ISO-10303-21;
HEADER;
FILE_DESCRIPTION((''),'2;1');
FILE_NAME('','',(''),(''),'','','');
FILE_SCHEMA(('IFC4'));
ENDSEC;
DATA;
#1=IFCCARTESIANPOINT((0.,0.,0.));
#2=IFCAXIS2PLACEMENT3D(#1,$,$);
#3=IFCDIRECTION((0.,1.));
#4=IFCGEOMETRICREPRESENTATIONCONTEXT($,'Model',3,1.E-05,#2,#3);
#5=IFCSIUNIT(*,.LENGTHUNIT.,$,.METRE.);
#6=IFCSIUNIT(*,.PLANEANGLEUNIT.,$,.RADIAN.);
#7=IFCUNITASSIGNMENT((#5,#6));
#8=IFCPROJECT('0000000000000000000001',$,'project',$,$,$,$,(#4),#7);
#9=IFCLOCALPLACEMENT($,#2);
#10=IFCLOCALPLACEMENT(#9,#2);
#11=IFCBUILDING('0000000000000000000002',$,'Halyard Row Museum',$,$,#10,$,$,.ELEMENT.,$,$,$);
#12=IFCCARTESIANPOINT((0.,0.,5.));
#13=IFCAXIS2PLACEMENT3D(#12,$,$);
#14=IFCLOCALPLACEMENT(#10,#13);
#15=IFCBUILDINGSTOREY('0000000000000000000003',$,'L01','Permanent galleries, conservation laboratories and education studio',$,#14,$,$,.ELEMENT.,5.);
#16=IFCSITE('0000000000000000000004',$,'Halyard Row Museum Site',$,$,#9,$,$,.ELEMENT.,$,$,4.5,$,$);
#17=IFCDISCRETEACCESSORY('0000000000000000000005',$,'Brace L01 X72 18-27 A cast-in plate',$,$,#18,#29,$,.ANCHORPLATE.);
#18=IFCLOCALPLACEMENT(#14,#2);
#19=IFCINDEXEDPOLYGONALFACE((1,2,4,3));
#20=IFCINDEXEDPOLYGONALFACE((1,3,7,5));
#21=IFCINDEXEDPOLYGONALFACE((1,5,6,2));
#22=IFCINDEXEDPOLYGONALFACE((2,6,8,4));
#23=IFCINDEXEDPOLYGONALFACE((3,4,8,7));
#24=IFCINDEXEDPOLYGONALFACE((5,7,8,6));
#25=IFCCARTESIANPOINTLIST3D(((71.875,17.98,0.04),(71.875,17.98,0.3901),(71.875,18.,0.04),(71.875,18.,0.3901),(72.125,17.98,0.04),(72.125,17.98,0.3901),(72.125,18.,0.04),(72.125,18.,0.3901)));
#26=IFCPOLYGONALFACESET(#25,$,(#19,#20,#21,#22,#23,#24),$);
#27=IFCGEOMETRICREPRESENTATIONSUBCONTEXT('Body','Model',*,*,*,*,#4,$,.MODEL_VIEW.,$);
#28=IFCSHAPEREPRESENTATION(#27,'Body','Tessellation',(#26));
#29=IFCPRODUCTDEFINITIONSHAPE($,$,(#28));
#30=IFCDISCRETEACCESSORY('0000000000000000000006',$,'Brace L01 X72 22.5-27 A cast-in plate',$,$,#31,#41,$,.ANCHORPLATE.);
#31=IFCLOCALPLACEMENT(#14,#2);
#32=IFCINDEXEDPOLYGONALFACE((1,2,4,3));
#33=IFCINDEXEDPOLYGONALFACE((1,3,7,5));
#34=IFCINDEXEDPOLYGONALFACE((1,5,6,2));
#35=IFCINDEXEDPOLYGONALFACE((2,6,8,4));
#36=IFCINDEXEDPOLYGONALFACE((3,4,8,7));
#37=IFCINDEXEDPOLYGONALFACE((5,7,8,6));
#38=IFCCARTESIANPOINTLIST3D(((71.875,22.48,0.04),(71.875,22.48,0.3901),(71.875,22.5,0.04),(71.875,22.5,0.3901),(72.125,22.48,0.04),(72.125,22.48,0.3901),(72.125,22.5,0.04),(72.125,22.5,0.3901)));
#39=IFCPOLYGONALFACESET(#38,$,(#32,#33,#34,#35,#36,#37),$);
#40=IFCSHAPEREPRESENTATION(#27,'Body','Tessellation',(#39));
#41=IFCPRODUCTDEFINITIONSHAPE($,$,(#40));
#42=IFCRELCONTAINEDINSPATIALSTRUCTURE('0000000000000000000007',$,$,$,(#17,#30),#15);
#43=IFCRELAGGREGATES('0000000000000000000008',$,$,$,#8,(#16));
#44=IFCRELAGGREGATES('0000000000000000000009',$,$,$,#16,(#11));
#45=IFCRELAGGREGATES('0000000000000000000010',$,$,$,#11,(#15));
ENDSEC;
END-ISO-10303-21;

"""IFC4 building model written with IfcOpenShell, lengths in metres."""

from ifc_helpers import new_model, si_unit, direction, frame, origin, origin_2d, place, context, subcontext, project, spatial, rectangle, extrude, element, save


model = new_model("IFC4")

# Units and contexts
model_context = context("Model", 3, precision=1e-05, world=origin(), true_north=direction((0.0, 1.0)))
body_context = subcontext(model_context, "Body", "Model", "MODEL_VIEW")
ifc_project = project(units=[si_unit("LENGTHUNIT", "METRE"), si_unit("PLANEANGLEUNIT", "RADIAN")], contexts=[model_context])

# Site, building, storey
site_placement = place(None, origin())
site = spatial("IfcSite", under=ifc_project, at=site_placement, Name="Halyard Row Museum Site", CompositionType="ELEMENT", RefElevation=4.5)
building_placement = place(site_placement, origin())
building = spatial("IfcBuilding", under=site, at=building_placement, Name="Halyard Row Museum", CompositionType="ELEMENT")
storey_placement = place(building_placement, frame((0.0, 0.0, 5.0)))
storey = spatial("IfcBuildingStorey", under=building, at=storey_placement, Name="L01", Description="Permanent galleries, conservation laboratories and education studio", CompositionType="ELEMENT", Elevation=5.0)

# Discrete accessories
for number, where, z_axis, x_axis, name in (
    (1, (72.0, 18.0, 0.2151), (0.0, -1.0, 0.0), (1.0, 0.0, 0.0), "Brace L01 X72 18-27 A cast-in plate"),
    (2, (72.0, 22.5, 0.2151), (0.0, -1.0, 0.0), (1.0, 0.0, 0.0), "Brace L01 X72 22.5-27 A cast-in plate"),
):
    element("IfcDiscreteAccessory", number, at=place(storey_placement, frame(where, z_axis=z_axis, x_axis=x_axis)), inside=storey, Name=name, PredefinedType="ANCHORPLATE", context=body_context, shape_type="SweptSolid", body=[
        extrude(rectangle(XDim=0.25, YDim=0.3501, at=origin_2d()), origin(), (0.0, 0.0, 1.0), 0.02),
    ])

save(model, "model.ifc")
